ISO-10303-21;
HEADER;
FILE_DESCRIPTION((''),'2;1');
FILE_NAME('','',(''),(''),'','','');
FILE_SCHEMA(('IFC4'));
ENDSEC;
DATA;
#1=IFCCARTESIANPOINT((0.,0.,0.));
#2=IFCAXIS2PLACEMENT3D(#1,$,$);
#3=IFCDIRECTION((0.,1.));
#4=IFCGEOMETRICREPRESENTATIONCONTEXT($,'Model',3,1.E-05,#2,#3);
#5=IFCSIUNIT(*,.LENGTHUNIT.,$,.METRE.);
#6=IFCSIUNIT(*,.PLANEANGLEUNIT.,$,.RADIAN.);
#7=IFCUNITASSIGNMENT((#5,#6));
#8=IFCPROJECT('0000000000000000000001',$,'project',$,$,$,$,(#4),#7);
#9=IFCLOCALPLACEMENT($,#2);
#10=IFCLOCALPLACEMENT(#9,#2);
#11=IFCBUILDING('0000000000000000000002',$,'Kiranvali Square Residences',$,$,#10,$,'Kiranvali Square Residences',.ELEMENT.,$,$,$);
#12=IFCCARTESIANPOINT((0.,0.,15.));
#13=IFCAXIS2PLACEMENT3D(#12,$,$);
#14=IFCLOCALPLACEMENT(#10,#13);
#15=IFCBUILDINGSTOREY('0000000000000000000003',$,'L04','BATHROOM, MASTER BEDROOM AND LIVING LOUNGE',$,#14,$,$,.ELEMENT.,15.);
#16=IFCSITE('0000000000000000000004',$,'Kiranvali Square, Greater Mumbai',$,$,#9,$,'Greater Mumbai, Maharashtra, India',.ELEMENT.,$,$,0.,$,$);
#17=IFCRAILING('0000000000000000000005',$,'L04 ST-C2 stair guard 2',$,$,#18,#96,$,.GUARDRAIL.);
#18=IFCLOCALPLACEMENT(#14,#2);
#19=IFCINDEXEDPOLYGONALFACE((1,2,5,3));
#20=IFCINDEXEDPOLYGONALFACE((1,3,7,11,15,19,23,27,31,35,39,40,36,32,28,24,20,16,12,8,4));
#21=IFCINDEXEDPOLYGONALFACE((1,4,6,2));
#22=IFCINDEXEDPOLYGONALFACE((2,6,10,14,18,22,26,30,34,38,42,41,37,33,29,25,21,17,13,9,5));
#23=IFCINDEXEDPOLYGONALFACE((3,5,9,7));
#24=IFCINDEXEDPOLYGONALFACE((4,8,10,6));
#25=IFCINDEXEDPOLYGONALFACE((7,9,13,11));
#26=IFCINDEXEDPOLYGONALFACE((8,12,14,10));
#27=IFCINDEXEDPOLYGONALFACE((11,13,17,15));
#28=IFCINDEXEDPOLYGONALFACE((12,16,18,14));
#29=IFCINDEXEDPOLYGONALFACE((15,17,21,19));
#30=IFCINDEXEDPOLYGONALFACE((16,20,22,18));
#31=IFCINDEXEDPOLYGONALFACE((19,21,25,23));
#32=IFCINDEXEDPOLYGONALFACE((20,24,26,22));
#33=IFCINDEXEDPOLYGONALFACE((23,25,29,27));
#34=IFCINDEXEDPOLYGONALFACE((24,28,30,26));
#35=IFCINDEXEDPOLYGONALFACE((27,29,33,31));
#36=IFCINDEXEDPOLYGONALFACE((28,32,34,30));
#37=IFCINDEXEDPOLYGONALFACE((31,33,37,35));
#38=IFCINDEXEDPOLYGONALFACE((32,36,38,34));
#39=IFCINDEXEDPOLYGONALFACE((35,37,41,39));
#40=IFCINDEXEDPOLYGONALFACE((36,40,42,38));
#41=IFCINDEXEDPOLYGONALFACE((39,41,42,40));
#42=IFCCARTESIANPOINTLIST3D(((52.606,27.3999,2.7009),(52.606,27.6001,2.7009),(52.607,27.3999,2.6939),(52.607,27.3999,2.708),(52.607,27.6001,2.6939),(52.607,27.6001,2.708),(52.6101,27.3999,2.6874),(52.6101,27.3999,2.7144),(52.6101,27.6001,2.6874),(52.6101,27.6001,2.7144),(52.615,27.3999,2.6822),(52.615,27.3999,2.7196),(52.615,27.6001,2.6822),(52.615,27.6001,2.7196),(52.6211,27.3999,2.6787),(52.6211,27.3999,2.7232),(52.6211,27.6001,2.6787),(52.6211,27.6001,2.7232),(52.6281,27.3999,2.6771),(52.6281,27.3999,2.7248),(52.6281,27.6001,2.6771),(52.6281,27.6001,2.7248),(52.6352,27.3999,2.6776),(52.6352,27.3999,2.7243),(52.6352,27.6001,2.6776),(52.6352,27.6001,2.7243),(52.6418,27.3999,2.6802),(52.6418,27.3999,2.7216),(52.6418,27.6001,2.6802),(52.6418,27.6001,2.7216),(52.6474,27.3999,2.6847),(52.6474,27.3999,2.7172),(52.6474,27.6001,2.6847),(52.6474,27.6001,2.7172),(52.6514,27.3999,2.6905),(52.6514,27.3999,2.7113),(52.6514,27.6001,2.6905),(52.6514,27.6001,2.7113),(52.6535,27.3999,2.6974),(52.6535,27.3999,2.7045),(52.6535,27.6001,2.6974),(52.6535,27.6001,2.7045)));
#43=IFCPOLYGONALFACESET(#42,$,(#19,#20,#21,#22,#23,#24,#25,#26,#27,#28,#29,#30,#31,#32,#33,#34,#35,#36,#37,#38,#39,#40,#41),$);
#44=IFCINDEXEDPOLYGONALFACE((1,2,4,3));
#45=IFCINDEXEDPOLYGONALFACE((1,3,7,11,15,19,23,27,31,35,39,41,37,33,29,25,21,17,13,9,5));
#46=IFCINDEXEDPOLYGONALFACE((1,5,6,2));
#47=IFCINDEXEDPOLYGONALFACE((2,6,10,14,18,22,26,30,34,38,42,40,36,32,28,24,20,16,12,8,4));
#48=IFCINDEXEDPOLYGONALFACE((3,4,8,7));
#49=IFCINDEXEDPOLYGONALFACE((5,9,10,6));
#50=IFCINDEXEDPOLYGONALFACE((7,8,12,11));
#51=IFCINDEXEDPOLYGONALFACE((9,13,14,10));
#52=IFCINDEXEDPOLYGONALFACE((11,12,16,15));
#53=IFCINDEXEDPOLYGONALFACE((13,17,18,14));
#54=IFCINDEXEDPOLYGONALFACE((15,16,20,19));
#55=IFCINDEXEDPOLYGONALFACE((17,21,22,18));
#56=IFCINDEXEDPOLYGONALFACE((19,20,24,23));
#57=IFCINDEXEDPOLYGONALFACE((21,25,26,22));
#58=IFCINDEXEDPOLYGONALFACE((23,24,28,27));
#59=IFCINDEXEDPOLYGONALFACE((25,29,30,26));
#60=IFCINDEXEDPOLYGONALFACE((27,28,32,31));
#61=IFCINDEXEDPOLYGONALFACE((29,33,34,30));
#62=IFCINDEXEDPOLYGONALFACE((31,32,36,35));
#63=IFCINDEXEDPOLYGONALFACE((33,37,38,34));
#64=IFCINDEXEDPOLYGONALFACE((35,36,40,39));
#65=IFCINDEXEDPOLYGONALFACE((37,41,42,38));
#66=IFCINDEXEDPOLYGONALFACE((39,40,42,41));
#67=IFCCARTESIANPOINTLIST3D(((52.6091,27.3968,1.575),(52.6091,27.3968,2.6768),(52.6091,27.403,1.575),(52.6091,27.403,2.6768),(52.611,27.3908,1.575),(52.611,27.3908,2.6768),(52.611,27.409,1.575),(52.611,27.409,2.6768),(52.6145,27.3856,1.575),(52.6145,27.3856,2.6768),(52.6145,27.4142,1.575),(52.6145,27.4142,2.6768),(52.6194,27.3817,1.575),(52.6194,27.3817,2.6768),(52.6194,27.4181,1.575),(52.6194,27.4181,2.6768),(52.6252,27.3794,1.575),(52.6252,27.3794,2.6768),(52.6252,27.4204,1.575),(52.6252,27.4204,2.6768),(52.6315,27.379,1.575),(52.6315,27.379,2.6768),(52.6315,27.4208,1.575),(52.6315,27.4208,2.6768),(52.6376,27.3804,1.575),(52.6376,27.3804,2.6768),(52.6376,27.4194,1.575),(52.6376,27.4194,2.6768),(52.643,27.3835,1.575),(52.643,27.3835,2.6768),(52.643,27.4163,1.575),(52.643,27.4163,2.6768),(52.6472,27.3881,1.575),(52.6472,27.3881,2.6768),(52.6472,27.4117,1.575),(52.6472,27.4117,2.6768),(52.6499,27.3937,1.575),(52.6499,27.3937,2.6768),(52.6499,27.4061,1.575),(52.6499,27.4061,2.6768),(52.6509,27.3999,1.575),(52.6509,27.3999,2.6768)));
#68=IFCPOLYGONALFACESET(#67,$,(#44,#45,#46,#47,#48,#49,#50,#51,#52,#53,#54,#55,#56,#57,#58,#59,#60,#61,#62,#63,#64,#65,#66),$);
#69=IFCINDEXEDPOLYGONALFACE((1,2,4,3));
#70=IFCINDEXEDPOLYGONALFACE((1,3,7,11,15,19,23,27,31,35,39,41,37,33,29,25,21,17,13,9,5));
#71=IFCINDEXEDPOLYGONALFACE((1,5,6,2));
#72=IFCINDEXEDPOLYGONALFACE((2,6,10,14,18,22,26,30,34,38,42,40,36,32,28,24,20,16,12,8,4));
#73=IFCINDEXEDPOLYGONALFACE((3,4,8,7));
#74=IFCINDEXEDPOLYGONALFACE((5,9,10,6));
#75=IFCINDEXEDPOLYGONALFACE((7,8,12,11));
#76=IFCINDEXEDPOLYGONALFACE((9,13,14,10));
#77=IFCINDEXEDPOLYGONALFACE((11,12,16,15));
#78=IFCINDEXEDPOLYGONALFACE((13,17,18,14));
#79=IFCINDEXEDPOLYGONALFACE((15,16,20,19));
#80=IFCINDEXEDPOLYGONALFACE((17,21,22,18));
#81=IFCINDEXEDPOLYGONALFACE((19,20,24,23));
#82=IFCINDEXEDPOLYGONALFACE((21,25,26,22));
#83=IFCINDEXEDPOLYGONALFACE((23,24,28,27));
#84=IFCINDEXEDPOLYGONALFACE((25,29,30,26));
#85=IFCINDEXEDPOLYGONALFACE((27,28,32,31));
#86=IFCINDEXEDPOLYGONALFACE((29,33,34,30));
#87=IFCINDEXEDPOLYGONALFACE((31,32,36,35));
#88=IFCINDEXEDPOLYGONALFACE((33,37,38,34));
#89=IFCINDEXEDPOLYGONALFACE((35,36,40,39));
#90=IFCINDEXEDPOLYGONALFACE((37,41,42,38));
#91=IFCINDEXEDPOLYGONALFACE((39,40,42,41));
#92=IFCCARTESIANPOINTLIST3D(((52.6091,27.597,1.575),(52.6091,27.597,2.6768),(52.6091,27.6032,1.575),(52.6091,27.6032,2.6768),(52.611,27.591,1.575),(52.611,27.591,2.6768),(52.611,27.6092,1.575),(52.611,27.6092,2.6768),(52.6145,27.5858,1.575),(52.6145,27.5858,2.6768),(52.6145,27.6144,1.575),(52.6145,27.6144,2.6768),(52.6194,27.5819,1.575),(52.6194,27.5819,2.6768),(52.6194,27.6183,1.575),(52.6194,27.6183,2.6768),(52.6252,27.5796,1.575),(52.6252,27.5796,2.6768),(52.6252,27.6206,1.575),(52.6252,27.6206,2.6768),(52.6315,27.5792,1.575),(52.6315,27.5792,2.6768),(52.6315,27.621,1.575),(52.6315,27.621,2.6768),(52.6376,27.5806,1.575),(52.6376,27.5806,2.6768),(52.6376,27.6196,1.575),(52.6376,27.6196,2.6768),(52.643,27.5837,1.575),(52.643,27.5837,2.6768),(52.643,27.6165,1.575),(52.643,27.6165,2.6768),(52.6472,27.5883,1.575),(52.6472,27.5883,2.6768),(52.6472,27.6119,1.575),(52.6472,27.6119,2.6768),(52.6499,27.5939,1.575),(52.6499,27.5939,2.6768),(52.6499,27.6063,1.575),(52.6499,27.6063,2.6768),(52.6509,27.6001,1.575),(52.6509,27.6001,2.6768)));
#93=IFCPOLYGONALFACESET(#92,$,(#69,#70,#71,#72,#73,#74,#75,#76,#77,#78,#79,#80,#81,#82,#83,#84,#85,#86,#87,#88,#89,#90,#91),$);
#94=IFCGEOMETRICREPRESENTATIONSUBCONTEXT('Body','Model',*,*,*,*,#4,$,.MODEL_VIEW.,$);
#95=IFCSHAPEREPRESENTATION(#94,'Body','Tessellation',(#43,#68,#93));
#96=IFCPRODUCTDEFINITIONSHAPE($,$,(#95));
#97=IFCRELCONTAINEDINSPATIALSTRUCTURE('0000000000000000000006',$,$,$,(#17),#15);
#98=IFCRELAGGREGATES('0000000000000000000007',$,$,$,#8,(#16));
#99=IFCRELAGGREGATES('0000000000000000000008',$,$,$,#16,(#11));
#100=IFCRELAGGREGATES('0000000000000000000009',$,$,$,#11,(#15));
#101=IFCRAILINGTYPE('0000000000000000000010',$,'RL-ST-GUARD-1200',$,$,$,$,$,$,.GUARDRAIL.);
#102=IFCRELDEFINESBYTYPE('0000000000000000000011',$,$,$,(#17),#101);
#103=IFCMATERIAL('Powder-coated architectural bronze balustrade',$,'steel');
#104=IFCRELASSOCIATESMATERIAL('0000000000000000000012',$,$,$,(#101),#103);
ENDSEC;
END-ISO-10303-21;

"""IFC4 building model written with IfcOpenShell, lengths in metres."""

from ifc_helpers import new_model, si_unit, direction, frame, origin, origin_2d, place, context, subcontext, project, spatial, circle, extrude, material, type_object, element, save


model = new_model("IFC4")

# Units and contexts
model_context = context("Model", 3, precision=1e-05, world=origin(), true_north=direction((0.0, 1.0)))
body_context = subcontext(model_context, "Body", "Model", "MODEL_VIEW")
ifc_project = project(units=[si_unit("LENGTHUNIT", "METRE"), si_unit("PLANEANGLEUNIT", "RADIAN")], contexts=[model_context])

# Site, building, storey
site_placement = place(None, origin())
site = spatial("IfcSite", under=ifc_project, at=site_placement, Name="Kiranvali Square, Greater Mumbai", LongName="Greater Mumbai, Maharashtra, India", CompositionType="ELEMENT", RefElevation=0.0)
building_placement = place(site_placement, origin())
building = spatial("IfcBuilding", under=site, at=building_placement, Name="Kiranvali Square Residences", LongName="Kiranvali Square Residences", CompositionType="ELEMENT")
storey_placement = place(building_placement, frame((0.0, 0.0, 15.0)))
storey = spatial("IfcBuildingStorey", under=building, at=storey_placement, Name="L04", Description="BATHROOM, MASTER BEDROOM AND LIVING LOUNGE", CompositionType="ELEMENT", Elevation=15.0)

# Railing
ifc_material_1 = material(Name="Powder-coated architectural bronze balustrade", Category="steel")
railing_type_1 = type_object("IfcRailingType", Name="RL-ST-GUARD-1200", PredefinedType="GUARDRAIL", material=ifc_material_1)
railing_1_placement = place(storey_placement, frame((52.6299, 27.3999, 1.575)))
element("IfcRailing", 1, at=railing_1_placement, inside=storey, type_object=railing_type_1, Name="L04 ST-C2 stair guard 2", PredefinedType="GUARDRAIL", context=body_context, shape_type="SweptSolid", body=[
    extrude(circle(Radius=0.0239, at=origin_2d()), frame((0.0, 0.0, 1.126), z_axis=(0.0, 1.0, 0.0), x_axis=(-1.0, 0.0, 0.0)), (0.0, 0.0, 1.0), 0.2002),
    extrude(circle(Radius=0.021, at=origin_2d()), origin(), (0.0, 0.0, 1.0), 1.1018),
    extrude(circle(Radius=0.021, at=origin_2d()), frame((0.0, 0.2002, 0.0)), (0.0, 0.0, 1.0), 1.1018),
])

save(model, "model.ifc")
